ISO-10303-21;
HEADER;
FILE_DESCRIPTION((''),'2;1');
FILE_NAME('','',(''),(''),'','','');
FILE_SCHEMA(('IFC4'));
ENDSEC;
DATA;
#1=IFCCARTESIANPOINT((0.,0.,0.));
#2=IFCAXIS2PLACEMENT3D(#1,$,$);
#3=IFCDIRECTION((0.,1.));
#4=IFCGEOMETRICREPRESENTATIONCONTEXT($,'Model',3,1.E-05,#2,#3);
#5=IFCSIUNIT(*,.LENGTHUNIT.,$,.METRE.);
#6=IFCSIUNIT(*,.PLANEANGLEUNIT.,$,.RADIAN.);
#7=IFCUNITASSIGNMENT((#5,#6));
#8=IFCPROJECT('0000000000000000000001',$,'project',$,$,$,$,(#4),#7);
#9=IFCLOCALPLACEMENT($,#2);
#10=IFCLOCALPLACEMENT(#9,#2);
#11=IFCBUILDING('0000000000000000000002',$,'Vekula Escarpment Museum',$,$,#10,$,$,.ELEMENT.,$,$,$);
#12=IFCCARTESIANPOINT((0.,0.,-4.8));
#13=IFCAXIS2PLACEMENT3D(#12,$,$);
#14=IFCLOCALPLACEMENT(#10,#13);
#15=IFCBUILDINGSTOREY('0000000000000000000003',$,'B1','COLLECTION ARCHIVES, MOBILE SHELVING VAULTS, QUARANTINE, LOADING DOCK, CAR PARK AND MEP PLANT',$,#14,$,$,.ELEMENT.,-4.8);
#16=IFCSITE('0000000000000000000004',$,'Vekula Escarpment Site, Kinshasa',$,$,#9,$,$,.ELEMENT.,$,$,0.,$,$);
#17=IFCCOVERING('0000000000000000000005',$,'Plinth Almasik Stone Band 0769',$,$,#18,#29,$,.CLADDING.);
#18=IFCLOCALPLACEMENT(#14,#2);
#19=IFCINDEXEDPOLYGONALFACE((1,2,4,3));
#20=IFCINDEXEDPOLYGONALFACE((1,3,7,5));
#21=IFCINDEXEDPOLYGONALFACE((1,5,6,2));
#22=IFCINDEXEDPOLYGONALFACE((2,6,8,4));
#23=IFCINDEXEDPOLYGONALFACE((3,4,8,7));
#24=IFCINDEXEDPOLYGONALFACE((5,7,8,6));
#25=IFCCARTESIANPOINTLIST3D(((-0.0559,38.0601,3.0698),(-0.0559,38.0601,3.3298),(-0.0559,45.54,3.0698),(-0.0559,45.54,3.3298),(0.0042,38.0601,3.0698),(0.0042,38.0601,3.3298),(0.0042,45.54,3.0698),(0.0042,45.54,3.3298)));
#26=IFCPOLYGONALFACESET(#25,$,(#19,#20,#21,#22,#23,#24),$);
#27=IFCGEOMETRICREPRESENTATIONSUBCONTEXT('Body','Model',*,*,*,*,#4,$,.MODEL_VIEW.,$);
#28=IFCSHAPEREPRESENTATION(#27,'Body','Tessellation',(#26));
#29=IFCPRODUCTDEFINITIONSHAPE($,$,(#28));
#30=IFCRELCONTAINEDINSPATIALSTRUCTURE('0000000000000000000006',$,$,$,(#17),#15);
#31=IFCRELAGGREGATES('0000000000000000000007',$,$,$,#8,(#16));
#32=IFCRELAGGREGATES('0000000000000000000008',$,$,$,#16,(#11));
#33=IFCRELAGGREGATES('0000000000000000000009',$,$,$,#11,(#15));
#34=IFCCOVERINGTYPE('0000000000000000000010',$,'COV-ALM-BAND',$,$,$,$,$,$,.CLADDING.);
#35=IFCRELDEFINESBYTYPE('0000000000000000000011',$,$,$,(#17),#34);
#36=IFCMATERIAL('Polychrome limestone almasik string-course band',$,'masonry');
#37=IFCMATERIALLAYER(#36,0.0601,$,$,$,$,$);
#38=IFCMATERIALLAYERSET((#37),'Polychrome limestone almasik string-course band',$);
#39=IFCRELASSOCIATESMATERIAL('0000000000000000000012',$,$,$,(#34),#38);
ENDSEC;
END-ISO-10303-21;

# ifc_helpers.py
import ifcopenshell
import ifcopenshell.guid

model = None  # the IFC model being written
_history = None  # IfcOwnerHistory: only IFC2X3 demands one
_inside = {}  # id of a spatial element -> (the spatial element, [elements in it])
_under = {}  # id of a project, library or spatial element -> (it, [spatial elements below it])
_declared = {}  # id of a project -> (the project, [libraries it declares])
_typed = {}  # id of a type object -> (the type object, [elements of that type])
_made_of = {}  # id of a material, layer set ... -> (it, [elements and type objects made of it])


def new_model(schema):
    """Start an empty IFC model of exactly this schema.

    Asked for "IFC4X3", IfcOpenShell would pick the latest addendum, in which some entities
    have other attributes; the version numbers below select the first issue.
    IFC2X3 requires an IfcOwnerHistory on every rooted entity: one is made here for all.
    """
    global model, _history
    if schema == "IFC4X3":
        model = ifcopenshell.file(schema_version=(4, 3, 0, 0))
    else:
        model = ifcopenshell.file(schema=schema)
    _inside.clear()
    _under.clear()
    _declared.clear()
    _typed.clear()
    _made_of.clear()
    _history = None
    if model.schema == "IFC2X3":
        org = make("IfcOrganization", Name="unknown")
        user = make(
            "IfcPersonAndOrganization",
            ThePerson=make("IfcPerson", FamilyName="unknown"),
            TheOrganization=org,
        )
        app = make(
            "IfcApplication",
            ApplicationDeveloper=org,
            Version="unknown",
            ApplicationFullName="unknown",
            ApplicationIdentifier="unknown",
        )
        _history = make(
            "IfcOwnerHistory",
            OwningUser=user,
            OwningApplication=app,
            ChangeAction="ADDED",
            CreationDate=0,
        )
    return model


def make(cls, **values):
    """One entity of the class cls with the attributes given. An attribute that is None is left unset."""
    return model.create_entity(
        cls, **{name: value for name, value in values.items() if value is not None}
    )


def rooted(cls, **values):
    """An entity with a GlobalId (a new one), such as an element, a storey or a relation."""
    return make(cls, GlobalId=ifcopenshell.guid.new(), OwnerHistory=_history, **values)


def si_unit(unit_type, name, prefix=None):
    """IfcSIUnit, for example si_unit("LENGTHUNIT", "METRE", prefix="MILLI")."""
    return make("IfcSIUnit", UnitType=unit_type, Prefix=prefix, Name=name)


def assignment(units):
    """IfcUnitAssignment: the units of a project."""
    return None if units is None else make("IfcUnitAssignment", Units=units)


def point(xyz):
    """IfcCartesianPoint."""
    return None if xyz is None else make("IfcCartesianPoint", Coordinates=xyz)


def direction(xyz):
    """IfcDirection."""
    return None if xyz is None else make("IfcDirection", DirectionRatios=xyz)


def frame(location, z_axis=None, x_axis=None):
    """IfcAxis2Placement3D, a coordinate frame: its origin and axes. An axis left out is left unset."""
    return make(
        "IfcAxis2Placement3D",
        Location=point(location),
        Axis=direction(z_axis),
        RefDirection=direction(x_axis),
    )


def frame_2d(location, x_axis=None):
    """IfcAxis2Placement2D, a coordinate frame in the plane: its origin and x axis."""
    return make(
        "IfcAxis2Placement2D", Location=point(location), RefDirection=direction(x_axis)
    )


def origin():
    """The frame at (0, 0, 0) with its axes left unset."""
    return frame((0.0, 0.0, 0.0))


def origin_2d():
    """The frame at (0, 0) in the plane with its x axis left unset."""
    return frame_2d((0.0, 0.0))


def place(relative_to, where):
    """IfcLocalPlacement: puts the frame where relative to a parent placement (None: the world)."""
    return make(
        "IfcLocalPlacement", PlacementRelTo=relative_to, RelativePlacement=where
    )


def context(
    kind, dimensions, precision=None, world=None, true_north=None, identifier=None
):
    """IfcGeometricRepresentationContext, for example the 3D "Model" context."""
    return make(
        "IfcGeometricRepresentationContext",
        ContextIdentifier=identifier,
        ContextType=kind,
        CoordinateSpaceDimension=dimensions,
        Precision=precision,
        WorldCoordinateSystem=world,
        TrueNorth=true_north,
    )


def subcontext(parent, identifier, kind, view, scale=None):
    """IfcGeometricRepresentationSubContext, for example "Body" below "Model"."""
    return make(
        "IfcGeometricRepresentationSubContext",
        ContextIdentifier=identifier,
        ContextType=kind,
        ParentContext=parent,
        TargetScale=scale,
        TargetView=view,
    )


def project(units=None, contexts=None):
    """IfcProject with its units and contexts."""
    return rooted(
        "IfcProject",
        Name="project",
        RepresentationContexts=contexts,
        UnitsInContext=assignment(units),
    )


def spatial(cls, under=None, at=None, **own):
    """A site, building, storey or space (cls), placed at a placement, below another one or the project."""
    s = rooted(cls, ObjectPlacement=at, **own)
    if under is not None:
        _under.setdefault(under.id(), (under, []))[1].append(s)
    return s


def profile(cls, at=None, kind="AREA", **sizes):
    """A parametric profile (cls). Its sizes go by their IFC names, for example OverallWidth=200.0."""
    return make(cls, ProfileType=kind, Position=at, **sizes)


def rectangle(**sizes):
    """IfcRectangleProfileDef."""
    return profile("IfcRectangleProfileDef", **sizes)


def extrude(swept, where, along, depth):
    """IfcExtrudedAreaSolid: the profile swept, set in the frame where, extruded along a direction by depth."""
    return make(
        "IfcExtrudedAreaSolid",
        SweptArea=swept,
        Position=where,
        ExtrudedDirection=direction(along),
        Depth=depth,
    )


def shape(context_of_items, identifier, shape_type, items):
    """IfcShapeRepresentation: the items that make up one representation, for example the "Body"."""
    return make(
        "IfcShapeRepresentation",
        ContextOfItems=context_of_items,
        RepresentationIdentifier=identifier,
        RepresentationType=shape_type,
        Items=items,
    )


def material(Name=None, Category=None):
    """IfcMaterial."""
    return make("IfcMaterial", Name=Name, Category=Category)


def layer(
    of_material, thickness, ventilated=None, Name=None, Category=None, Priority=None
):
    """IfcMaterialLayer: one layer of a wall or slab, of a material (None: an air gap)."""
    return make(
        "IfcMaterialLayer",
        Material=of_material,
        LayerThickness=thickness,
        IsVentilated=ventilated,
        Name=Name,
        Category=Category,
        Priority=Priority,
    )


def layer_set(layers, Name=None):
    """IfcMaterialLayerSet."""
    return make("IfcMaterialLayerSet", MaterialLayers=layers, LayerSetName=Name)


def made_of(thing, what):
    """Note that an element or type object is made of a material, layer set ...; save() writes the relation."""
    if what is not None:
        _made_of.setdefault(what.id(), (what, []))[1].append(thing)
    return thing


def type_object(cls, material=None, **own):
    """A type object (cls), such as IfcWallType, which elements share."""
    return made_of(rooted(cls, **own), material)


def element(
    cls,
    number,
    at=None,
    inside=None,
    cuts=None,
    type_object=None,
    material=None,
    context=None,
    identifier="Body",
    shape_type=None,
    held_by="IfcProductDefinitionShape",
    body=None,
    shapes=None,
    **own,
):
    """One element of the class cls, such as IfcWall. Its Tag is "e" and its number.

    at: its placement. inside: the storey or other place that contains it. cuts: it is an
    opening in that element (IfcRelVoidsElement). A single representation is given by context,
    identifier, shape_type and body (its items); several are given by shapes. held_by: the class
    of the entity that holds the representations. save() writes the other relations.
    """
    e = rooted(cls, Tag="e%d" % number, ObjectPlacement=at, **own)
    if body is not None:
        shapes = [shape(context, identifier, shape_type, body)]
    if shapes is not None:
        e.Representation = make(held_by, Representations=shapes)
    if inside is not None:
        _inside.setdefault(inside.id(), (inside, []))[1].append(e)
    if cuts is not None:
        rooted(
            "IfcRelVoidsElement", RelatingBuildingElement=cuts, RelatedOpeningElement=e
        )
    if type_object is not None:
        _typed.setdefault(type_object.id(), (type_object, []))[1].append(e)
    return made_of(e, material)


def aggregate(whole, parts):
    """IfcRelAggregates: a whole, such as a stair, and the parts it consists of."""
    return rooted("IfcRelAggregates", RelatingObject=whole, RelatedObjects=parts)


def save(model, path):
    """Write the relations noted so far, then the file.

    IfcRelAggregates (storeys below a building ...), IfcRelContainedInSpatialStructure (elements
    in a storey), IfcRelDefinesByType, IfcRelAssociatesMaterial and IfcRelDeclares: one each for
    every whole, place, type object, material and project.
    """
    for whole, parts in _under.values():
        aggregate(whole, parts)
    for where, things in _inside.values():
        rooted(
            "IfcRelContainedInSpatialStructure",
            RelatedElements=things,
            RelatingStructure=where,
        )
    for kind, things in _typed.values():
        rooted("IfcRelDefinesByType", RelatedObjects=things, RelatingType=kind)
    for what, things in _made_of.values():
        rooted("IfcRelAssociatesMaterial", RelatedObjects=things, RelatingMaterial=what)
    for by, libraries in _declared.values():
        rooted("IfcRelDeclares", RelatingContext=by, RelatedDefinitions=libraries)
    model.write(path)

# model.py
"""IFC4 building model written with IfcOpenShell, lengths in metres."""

from ifc_helpers import new_model, si_unit, direction, frame, origin, origin_2d, place, context, subcontext, project, spatial, rectangle, extrude, material, layer, layer_set, type_object, element, save


model = new_model("IFC4")

# Units and contexts
model_context = context("Model", 3, precision=1e-05, world=origin(), true_north=direction((0.0, 1.0)))
body_context = subcontext(model_context, "Body", "Model", "MODEL_VIEW")
ifc_project = project(units=[si_unit("LENGTHUNIT", "METRE"), si_unit("PLANEANGLEUNIT", "RADIAN")], contexts=[model_context])

# Site, building, storey
site_placement = place(None, origin())
site = spatial("IfcSite", under=ifc_project, at=site_placement, Name="Vekula Escarpment Site, Kinshasa", CompositionType="ELEMENT", RefElevation=0.0)
building_placement = place(site_placement, origin())
building = spatial("IfcBuilding", under=site, at=building_placement, Name="Vekula Escarpment Museum", CompositionType="ELEMENT")
storey_placement = place(building_placement, frame((0.0, 0.0, -4.8)))
storey = spatial("IfcBuildingStorey", under=building, at=storey_placement, Name="B1", Description="COLLECTION ARCHIVES, MOBILE SHELVING VAULTS, QUARANTINE, LOADING DOCK, CAR PARK AND MEP PLANT", CompositionType="ELEMENT", Elevation=-4.8)

# Covering
ifc_material_1 = material(Name="Polychrome limestone almasik string-course band", Category="masonry")
ifc_layer_1 = layer(ifc_material_1, 0.0601)
ifc_layer_set_1 = layer_set([ifc_layer_1], Name="Polychrome limestone almasik string-course band")
covering_type = type_object("IfcCoveringType", Name="COV-ALM-BAND", PredefinedType="CLADDING", material=ifc_layer_set_1)
covering_1_placement = place(storey_placement, frame((-0.0259, 41.8, 3.0698), z_axis=(0.0, 0.0, 1.0), x_axis=(0.0, 1.0, 0.0)))
element("IfcCovering", 1, at=covering_1_placement, inside=storey, type_object=covering_type, Name="Plinth Almasik Stone Band 0769", PredefinedType="CLADDING", context=body_context, shape_type="SweptSolid", body=[
    extrude(rectangle(XDim=7.48, YDim=0.0601, at=origin_2d()), origin(), (0.0, 0.0, 1.0), 0.26),
])

save(model, "model.ifc")
